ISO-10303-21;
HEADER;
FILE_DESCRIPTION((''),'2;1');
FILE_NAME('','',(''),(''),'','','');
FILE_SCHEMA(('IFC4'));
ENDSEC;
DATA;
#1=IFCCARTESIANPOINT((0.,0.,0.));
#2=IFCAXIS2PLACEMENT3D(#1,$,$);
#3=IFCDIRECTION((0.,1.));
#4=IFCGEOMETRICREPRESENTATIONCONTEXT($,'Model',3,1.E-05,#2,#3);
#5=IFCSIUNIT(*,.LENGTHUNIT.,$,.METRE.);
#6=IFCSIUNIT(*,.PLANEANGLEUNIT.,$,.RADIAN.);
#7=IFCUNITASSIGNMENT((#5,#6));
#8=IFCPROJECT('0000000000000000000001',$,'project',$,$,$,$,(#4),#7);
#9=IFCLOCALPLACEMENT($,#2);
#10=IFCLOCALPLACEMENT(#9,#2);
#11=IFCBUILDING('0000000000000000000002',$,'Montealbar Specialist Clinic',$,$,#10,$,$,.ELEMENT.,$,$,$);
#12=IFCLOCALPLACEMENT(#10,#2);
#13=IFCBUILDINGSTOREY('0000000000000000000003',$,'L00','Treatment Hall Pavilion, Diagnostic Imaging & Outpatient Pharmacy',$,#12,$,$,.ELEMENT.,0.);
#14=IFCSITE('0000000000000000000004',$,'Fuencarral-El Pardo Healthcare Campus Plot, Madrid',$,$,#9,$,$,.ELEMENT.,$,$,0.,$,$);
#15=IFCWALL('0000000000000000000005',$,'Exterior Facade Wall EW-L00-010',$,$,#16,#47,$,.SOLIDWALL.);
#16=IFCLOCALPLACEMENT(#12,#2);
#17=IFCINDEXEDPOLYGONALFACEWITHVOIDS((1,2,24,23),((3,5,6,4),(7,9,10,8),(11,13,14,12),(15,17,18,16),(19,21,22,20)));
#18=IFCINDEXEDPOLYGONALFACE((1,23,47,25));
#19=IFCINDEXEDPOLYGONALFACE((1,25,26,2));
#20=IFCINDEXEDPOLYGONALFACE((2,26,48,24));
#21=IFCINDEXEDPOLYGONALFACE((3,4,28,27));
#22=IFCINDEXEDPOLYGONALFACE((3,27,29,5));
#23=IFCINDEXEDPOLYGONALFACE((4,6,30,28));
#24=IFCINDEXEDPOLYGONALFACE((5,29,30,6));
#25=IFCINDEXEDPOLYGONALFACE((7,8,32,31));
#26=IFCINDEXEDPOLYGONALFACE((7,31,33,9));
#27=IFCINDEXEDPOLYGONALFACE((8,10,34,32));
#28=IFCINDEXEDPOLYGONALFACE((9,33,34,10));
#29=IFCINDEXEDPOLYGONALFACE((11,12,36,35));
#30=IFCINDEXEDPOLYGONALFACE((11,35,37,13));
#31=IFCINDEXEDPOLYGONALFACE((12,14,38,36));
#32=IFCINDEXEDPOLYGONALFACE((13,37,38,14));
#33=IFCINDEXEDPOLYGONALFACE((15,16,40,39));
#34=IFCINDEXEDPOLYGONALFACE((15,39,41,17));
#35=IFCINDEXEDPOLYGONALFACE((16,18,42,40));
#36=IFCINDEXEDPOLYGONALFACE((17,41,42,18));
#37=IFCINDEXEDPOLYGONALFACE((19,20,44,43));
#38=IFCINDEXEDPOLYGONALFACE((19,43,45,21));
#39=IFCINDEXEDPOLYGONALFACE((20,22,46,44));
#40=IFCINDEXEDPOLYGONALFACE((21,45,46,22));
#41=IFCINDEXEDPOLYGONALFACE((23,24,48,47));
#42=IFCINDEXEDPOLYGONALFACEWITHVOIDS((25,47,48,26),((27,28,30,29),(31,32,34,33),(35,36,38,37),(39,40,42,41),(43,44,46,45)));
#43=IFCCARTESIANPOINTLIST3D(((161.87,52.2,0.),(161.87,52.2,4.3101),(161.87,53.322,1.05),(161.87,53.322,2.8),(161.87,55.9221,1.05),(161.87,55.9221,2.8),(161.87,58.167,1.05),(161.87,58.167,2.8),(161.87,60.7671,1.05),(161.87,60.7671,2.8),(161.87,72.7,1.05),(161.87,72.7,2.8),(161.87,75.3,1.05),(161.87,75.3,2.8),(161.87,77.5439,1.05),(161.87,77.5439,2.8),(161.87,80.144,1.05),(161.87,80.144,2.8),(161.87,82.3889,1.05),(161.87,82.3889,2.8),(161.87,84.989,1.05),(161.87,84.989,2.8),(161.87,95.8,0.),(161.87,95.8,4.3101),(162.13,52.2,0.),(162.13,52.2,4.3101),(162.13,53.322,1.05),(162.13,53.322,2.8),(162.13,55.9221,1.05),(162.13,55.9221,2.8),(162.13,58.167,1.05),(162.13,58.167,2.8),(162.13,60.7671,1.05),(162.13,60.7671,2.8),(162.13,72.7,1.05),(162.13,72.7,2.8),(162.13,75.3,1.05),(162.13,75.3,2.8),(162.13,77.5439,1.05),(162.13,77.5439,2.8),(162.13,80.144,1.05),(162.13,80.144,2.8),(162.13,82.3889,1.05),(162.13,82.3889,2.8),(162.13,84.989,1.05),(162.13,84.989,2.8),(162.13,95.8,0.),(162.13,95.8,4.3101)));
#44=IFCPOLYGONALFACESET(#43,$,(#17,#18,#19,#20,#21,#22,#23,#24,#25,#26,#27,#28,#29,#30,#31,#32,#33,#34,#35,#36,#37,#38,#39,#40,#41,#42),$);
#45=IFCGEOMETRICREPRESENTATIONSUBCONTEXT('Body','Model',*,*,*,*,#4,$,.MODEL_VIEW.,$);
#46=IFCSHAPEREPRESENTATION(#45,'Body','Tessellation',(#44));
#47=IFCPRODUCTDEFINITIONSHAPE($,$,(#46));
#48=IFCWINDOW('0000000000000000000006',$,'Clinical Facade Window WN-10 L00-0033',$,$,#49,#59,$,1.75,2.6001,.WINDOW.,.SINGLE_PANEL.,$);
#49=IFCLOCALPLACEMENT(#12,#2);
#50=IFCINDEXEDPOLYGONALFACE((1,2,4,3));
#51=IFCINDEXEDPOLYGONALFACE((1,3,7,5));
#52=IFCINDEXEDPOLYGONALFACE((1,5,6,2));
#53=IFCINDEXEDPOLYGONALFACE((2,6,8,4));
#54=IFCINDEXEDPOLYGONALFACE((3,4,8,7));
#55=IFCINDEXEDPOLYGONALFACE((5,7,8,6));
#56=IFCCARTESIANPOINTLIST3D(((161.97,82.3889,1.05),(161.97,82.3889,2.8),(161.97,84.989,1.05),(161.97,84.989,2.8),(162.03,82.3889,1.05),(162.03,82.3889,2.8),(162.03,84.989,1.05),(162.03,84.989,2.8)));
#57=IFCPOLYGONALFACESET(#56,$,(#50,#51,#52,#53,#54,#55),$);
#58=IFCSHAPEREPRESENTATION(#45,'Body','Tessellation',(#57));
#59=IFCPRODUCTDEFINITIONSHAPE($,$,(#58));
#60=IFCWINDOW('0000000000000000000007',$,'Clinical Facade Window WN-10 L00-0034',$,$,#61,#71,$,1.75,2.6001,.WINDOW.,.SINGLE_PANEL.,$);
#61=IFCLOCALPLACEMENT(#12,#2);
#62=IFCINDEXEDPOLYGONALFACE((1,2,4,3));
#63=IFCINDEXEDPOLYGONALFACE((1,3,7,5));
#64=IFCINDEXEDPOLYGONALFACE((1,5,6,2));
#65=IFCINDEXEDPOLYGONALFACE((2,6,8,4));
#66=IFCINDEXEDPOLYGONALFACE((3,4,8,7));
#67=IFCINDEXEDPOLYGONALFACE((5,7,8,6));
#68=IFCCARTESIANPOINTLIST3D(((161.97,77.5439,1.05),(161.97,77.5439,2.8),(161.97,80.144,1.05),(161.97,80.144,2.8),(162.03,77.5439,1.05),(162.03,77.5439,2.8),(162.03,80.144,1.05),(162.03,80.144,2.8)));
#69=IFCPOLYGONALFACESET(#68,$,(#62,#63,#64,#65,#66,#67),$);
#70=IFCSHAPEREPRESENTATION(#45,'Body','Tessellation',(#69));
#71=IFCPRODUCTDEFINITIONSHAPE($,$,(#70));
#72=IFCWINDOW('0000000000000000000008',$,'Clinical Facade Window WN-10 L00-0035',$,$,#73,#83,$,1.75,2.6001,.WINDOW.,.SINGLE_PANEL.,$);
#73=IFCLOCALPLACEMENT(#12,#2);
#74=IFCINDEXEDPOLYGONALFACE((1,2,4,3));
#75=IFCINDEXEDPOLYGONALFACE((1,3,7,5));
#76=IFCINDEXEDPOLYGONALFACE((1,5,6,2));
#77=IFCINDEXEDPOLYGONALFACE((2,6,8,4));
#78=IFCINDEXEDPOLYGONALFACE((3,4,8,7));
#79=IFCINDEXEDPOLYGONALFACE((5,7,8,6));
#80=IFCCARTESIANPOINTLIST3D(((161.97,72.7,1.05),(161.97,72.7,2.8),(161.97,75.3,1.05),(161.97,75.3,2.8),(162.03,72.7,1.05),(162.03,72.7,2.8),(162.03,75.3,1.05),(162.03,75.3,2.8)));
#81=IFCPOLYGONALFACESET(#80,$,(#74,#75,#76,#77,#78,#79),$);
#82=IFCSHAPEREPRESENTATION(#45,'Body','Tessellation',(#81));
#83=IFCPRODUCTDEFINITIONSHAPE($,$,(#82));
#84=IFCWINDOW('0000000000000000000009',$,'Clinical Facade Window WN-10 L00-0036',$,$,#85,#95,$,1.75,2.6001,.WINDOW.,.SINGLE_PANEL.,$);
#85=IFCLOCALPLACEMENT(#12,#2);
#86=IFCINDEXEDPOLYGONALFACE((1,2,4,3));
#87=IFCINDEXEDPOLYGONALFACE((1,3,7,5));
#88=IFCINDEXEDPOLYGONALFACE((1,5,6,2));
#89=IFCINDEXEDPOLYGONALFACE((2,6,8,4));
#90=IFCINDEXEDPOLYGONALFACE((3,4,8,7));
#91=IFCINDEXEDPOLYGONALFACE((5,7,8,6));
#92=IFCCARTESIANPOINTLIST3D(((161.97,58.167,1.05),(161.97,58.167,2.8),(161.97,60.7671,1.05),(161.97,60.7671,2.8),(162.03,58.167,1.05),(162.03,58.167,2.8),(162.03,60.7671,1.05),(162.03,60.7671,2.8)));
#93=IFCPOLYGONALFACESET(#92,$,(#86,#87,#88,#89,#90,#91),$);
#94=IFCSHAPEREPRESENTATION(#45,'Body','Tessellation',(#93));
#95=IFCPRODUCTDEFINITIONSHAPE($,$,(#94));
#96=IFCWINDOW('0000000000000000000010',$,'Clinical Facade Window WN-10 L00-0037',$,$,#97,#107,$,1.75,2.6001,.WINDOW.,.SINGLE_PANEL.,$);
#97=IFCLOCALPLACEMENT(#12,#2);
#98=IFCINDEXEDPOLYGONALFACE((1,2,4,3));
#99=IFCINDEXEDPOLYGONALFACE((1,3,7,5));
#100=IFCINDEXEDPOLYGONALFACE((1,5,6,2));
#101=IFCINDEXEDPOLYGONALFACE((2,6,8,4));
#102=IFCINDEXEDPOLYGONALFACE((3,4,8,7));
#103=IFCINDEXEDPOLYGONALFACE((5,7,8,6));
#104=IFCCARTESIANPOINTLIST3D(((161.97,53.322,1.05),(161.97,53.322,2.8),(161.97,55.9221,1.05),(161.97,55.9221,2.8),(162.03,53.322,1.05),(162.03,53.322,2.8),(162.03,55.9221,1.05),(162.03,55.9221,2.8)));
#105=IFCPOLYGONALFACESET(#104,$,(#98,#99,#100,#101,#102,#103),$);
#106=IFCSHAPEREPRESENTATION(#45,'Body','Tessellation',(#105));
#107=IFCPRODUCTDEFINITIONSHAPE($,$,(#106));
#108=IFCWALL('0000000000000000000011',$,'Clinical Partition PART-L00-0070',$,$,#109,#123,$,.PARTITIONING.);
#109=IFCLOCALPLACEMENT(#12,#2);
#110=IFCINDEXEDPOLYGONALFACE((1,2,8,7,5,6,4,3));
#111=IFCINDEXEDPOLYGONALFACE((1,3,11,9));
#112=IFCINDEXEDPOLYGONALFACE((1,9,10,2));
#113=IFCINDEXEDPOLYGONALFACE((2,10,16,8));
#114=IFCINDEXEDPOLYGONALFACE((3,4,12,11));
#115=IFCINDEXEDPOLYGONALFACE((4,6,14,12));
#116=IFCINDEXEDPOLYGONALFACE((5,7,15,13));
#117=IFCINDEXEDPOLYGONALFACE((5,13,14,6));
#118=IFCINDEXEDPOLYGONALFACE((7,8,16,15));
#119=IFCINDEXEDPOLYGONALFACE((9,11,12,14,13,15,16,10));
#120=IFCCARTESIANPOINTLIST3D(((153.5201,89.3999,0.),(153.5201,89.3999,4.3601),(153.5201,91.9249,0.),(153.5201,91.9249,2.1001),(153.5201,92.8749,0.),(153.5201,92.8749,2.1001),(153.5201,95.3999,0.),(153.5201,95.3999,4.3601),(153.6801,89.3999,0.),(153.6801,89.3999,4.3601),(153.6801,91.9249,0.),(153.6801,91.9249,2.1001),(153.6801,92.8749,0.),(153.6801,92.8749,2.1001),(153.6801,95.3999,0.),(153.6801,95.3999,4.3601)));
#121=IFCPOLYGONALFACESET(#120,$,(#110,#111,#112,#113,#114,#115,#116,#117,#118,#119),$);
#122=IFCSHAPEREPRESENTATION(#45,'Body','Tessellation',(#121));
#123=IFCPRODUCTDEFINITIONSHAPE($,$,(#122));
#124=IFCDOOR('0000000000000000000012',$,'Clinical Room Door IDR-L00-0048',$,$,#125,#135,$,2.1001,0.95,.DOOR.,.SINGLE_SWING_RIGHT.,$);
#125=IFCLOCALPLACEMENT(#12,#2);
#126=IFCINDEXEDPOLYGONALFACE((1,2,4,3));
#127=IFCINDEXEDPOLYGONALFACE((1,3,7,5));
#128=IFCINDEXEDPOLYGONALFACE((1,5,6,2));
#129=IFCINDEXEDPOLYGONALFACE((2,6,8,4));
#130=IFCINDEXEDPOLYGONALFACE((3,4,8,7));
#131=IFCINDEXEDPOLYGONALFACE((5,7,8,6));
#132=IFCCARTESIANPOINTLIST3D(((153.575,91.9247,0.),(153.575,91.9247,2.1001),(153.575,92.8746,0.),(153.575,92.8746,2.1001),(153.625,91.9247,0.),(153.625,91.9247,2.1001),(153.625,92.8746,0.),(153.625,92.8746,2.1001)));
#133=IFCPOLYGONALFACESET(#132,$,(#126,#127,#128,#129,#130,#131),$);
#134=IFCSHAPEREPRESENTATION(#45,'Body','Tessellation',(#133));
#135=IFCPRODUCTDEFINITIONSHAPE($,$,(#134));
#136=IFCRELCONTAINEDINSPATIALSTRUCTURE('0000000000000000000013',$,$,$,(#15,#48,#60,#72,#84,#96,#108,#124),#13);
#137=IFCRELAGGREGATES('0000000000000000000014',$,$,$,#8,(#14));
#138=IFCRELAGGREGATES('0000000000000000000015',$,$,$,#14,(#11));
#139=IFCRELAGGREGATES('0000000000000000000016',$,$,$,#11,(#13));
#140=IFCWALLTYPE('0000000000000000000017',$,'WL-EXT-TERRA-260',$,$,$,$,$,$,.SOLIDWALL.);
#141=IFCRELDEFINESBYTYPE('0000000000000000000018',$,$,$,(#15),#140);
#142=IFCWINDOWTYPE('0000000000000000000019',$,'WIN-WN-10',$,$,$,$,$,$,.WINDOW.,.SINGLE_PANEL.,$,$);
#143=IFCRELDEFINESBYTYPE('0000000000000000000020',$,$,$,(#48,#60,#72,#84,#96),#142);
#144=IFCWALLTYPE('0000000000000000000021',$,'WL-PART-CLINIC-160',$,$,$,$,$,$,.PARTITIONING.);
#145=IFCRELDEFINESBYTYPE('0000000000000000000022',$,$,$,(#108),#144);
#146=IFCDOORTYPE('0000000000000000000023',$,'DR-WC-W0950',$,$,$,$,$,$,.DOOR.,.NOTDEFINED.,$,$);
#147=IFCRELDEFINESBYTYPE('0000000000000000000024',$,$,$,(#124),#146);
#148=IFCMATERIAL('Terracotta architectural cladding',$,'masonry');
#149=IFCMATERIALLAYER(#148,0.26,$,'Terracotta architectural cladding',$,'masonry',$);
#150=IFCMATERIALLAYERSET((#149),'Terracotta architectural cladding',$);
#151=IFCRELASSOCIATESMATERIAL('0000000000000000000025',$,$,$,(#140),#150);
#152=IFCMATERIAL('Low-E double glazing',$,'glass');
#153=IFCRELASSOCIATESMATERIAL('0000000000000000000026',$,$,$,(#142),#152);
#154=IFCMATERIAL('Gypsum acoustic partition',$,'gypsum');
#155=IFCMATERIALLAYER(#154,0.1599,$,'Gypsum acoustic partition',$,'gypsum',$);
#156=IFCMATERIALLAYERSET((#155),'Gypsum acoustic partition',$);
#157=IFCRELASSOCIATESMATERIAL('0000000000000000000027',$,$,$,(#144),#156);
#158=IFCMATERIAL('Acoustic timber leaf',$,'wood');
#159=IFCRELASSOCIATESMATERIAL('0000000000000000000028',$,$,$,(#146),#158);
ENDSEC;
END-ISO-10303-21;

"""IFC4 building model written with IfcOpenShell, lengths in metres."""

from ifc_helpers import new_model, si_unit, direction, frame, frame_2d, origin, place, context, subcontext, project, spatial, rectangle, extrude, material, layer, layer_set, type_object, element, fill, save


model = new_model("IFC4")

# Units and contexts
model_context = context("Model", 3, precision=1e-05, world=origin(), true_north=direction((0.0, 1.0)))
body_context = subcontext(model_context, "Body", "Model", "MODEL_VIEW")
ifc_project = project(units=[si_unit("LENGTHUNIT", "METRE"), si_unit("PLANEANGLEUNIT", "RADIAN")], contexts=[model_context])

# Site, building, storey
site_placement = place(None, origin())
site = spatial("IfcSite", under=ifc_project, at=site_placement, Name="Fuencarral-El Pardo Healthcare Campus Plot, Madrid", CompositionType="ELEMENT", RefElevation=0.0)
building_placement = place(site_placement, origin())
building = spatial("IfcBuilding", under=site, at=building_placement, Name="Montealbar Specialist Clinic", CompositionType="ELEMENT")
storey_placement = place(building_placement, origin())
storey = spatial("IfcBuildingStorey", under=building, at=storey_placement, Name="L00", Description="Treatment Hall Pavilion, Diagnostic Imaging & Outpatient Pharmacy", CompositionType="ELEMENT", Elevation=0.0)

# Wall, openings, windows
ifc_material_1 = material(Name="Terracotta architectural cladding", Category="masonry")
ifc_layer_1 = layer(ifc_material_1, 0.26, Name="Terracotta architectural cladding", Category="masonry")
ifc_layer_set_1 = layer_set([ifc_layer_1], Name="Terracotta architectural cladding")
wall_type_1 = type_object("IfcWallType", Name="WL-EXT-TERRA-260", PredefinedType="SOLIDWALL", material=ifc_layer_set_1)
wall_1_placement = place(storey_placement, frame((162.0, 95.8, 0.0), z_axis=(0.0, 0.0, 1.0), x_axis=(0.0, -1.0, 0.0)))
wall_1 = element("IfcWall", 1, at=wall_1_placement, inside=storey, type_object=wall_type_1, Name="Exterior Facade Wall EW-L00-010", PredefinedType="SOLIDWALL", context=body_context, shape_type="SweptSolid", body=[
    extrude(rectangle(XDim=43.6001, YDim=0.26, at=frame_2d((21.8, 0.0))), origin(), (0.0, 0.0, 1.0), 4.3101),
])
opening_1_placement = place(wall_1_placement, frame((10.811, 0.0, 1.05)))
opening_1 = element("IfcOpeningElement", 2, at=opening_1_placement, cuts=wall_1, PredefinedType="OPENING", context=body_context, shape_type="SweptSolid", body=[
    extrude(rectangle(XDim=2.6001, YDim=1.75, at=frame_2d((1.3, 0.875))), frame((0.0, 0.1399, 0.0), z_axis=(0.0, -1.0, 0.0), x_axis=(1.0, 0.0, 0.0)), (0.0, 0.0, 1.0), 0.28),
])
opening_2_placement = place(wall_1_placement, frame((15.656, 0.0, 1.05)))
opening_2 = element("IfcOpeningElement", 3, at=opening_2_placement, cuts=wall_1, PredefinedType="OPENING", context=body_context, shape_type="SweptSolid", body=[
    extrude(rectangle(XDim=2.6001, YDim=1.75, at=frame_2d((1.3, 0.875))), frame((0.0, 0.1399, 0.0), z_axis=(0.0, -1.0, 0.0), x_axis=(1.0, 0.0, 0.0)), (0.0, 0.0, 1.0), 0.28),
])
opening_3_placement = place(wall_1_placement, frame((20.5, 0.0, 1.05)))
opening_3 = element("IfcOpeningElement", 4, at=opening_3_placement, cuts=wall_1, PredefinedType="OPENING", context=body_context, shape_type="SweptSolid", body=[
    extrude(rectangle(XDim=2.6001, YDim=1.75, at=frame_2d((1.3, 0.875))), frame((0.0, 0.1399, 0.0), z_axis=(0.0, -1.0, 0.0), x_axis=(1.0, 0.0, 0.0)), (0.0, 0.0, 1.0), 0.28),
])
opening_4_placement = place(wall_1_placement, frame((35.033, 0.0, 1.05)))
opening_4 = element("IfcOpeningElement", 5, at=opening_4_placement, cuts=wall_1, PredefinedType="OPENING", context=body_context, shape_type="SweptSolid", body=[
    extrude(rectangle(XDim=2.6001, YDim=1.75, at=frame_2d((1.3, 0.875))), frame((0.0, 0.1399, 0.0), z_axis=(0.0, -1.0, 0.0), x_axis=(1.0, 0.0, 0.0)), (0.0, 0.0, 1.0), 0.28),
])
opening_5_placement = place(wall_1_placement, frame((39.8779, 0.0, 1.05)))
opening_5 = element("IfcOpeningElement", 6, at=opening_5_placement, cuts=wall_1, PredefinedType="OPENING", context=body_context, shape_type="SweptSolid", body=[
    extrude(rectangle(XDim=2.6001, YDim=1.75, at=frame_2d((1.3, 0.875))), frame((0.0, 0.1399, 0.0), z_axis=(0.0, -1.0, 0.0), x_axis=(1.0, 0.0, 0.0)), (0.0, 0.0, 1.0), 0.28),
])
ifc_material_2 = material(Name="Low-E double glazing", Category="glass")
window_type = type_object("IfcWindowType", Name="WIN-WN-10", PartitioningType="SINGLE_PANEL", PredefinedType="WINDOW", material=ifc_material_2)
window_1_placement = place(opening_1_placement, origin())
window_1 = element("IfcWindow", 7, at=window_1_placement, inside=storey, type_object=window_type, Name="Clinical Facade Window WN-10 L00-0033", OverallHeight=1.75, OverallWidth=2.6001, PartitioningType="SINGLE_PANEL", PredefinedType="WINDOW", context=body_context, shape_type="SweptSolid", body=[
    extrude(rectangle(XDim=2.6001, YDim=1.75, at=frame_2d((1.3, 0.875))), frame((0.0, 0.03, 0.0), z_axis=(0.0, -1.0, 0.0), x_axis=(1.0, 0.0, 0.0)), (0.0, 0.0, 1.0), 0.0601),
])
fill(opening_1, window_1)
window_2_placement = place(opening_2_placement, origin())
window_2 = element("IfcWindow", 8, at=window_2_placement, inside=storey, type_object=window_type, Name="Clinical Facade Window WN-10 L00-0034", OverallHeight=1.75, OverallWidth=2.6001, PartitioningType="SINGLE_PANEL", PredefinedType="WINDOW", context=body_context, shape_type="SweptSolid", body=[
    extrude(rectangle(XDim=2.6001, YDim=1.75, at=frame_2d((1.3, 0.875))), frame((0.0, 0.03, 0.0), z_axis=(0.0, -1.0, 0.0), x_axis=(1.0, 0.0, 0.0)), (0.0, 0.0, 1.0), 0.0601),
])
fill(opening_2, window_2)
window_3_placement = place(opening_3_placement, origin())
window_3 = element("IfcWindow", 9, at=window_3_placement, inside=storey, type_object=window_type, Name="Clinical Facade Window WN-10 L00-0035", OverallHeight=1.75, OverallWidth=2.6001, PartitioningType="SINGLE_PANEL", PredefinedType="WINDOW", context=body_context, shape_type="SweptSolid", body=[
    extrude(rectangle(XDim=2.6001, YDim=1.75, at=frame_2d((1.3, 0.875))), frame((0.0, 0.03, 0.0), z_axis=(0.0, -1.0, 0.0), x_axis=(1.0, 0.0, 0.0)), (0.0, 0.0, 1.0), 0.0601),
])
fill(opening_3, window_3)
window_4_placement = place(opening_4_placement, origin())
window_4 = element("IfcWindow", 10, at=window_4_placement, inside=storey, type_object=window_type, Name="Clinical Facade Window WN-10 L00-0036", OverallHeight=1.75, OverallWidth=2.6001, PartitioningType="SINGLE_PANEL", PredefinedType="WINDOW", context=body_context, shape_type="SweptSolid", body=[
    extrude(rectangle(XDim=2.6001, YDim=1.75, at=frame_2d((1.3, 0.875))), frame((0.0, 0.03, 0.0), z_axis=(0.0, -1.0, 0.0), x_axis=(1.0, 0.0, 0.0)), (0.0, 0.0, 1.0), 0.0601),
])
fill(opening_4, window_4)
window_5_placement = place(opening_5_placement, origin())
window_5 = element("IfcWindow", 11, at=window_5_placement, inside=storey, type_object=window_type, Name="Clinical Facade Window WN-10 L00-0037", OverallHeight=1.75, OverallWidth=2.6001, PartitioningType="SINGLE_PANEL", PredefinedType="WINDOW", context=body_context, shape_type="SweptSolid", body=[
    extrude(rectangle(XDim=2.6001, YDim=1.75, at=frame_2d((1.3, 0.875))), frame((0.0, 0.03, 0.0), z_axis=(0.0, -1.0, 0.0), x_axis=(1.0, 0.0, 0.0)), (0.0, 0.0, 1.0), 0.0601),
])
fill(opening_5, window_5)

# Wall, opening, door
ifc_material_3 = material(Name="Gypsum acoustic partition", Category="gypsum")
ifc_layer_2 = layer(ifc_material_3, 0.1599, Name="Gypsum acoustic partition", Category="gypsum")
ifc_layer_set_2 = layer_set([ifc_layer_2], Name="Gypsum acoustic partition")
wall_type_2 = type_object("IfcWallType", Name="WL-PART-CLINIC-160", PredefinedType="PARTITIONING", material=ifc_layer_set_2)
wall_2_placement = place(storey_placement, frame((153.6001, 89.3999, 0.0), z_axis=(0.0, 0.0, 1.0), x_axis=(0.0, 1.0, 0.0)))
wall_2 = element("IfcWall", 12, at=wall_2_placement, inside=storey, type_object=wall_type_2, Name="Clinical Partition PART-L00-0070", PredefinedType="PARTITIONING", context=body_context, shape_type="SweptSolid", body=[
    extrude(rectangle(XDim=6.0, YDim=0.1599, at=frame_2d((3.0, 0.0))), origin(), (0.0, 0.0, 1.0), 4.3601),
])
opening_6_placement = place(wall_2_placement, frame((2.5249, 0.0, 0.0)))
opening_6 = element("IfcOpeningElement", 13, at=opening_6_placement, cuts=wall_2, PredefinedType="OPENING", context=body_context, shape_type="SweptSolid", body=[
    extrude(rectangle(XDim=0.95, YDim=2.1001, at=frame_2d((0.4751, 1.05))), frame((0.0, 0.0898, 0.0), z_axis=(0.0, -1.0, 0.0), x_axis=(1.0, 0.0, 0.0)), (0.0, 0.0, 1.0), 0.1799),
])
ifc_material_4 = material(Name="Acoustic timber leaf", Category="wood")
door_type = type_object("IfcDoorType", Name="DR-WC-W0950", OperationType="NOTDEFINED", PredefinedType="DOOR", material=ifc_material_4)
door_placement = place(opening_6_placement, frame((0.95, 0.0, 0.0), z_axis=(0.0, 0.0, 1.0), x_axis=(-1.0, 0.0, 0.0)))
door = element("IfcDoor", 14, at=door_placement, inside=storey, type_object=door_type, Name="Clinical Room Door IDR-L00-0048", OperationType="SINGLE_SWING_RIGHT", OverallHeight=2.1001, OverallWidth=0.95, PredefinedType="DOOR", context=body_context, shape_type="SweptSolid", body=[
    extrude(rectangle(XDim=0.95, YDim=2.1001, at=frame_2d((0.4751, 1.05))), frame((0.0, 0.0249, 0.0), z_axis=(0.0, -1.0, 0.0), x_axis=(1.0, 0.0, 0.0)), (0.0, 0.0, 1.0), 0.05),
])
fill(opening_6, door)

save(model, "model.ifc")
